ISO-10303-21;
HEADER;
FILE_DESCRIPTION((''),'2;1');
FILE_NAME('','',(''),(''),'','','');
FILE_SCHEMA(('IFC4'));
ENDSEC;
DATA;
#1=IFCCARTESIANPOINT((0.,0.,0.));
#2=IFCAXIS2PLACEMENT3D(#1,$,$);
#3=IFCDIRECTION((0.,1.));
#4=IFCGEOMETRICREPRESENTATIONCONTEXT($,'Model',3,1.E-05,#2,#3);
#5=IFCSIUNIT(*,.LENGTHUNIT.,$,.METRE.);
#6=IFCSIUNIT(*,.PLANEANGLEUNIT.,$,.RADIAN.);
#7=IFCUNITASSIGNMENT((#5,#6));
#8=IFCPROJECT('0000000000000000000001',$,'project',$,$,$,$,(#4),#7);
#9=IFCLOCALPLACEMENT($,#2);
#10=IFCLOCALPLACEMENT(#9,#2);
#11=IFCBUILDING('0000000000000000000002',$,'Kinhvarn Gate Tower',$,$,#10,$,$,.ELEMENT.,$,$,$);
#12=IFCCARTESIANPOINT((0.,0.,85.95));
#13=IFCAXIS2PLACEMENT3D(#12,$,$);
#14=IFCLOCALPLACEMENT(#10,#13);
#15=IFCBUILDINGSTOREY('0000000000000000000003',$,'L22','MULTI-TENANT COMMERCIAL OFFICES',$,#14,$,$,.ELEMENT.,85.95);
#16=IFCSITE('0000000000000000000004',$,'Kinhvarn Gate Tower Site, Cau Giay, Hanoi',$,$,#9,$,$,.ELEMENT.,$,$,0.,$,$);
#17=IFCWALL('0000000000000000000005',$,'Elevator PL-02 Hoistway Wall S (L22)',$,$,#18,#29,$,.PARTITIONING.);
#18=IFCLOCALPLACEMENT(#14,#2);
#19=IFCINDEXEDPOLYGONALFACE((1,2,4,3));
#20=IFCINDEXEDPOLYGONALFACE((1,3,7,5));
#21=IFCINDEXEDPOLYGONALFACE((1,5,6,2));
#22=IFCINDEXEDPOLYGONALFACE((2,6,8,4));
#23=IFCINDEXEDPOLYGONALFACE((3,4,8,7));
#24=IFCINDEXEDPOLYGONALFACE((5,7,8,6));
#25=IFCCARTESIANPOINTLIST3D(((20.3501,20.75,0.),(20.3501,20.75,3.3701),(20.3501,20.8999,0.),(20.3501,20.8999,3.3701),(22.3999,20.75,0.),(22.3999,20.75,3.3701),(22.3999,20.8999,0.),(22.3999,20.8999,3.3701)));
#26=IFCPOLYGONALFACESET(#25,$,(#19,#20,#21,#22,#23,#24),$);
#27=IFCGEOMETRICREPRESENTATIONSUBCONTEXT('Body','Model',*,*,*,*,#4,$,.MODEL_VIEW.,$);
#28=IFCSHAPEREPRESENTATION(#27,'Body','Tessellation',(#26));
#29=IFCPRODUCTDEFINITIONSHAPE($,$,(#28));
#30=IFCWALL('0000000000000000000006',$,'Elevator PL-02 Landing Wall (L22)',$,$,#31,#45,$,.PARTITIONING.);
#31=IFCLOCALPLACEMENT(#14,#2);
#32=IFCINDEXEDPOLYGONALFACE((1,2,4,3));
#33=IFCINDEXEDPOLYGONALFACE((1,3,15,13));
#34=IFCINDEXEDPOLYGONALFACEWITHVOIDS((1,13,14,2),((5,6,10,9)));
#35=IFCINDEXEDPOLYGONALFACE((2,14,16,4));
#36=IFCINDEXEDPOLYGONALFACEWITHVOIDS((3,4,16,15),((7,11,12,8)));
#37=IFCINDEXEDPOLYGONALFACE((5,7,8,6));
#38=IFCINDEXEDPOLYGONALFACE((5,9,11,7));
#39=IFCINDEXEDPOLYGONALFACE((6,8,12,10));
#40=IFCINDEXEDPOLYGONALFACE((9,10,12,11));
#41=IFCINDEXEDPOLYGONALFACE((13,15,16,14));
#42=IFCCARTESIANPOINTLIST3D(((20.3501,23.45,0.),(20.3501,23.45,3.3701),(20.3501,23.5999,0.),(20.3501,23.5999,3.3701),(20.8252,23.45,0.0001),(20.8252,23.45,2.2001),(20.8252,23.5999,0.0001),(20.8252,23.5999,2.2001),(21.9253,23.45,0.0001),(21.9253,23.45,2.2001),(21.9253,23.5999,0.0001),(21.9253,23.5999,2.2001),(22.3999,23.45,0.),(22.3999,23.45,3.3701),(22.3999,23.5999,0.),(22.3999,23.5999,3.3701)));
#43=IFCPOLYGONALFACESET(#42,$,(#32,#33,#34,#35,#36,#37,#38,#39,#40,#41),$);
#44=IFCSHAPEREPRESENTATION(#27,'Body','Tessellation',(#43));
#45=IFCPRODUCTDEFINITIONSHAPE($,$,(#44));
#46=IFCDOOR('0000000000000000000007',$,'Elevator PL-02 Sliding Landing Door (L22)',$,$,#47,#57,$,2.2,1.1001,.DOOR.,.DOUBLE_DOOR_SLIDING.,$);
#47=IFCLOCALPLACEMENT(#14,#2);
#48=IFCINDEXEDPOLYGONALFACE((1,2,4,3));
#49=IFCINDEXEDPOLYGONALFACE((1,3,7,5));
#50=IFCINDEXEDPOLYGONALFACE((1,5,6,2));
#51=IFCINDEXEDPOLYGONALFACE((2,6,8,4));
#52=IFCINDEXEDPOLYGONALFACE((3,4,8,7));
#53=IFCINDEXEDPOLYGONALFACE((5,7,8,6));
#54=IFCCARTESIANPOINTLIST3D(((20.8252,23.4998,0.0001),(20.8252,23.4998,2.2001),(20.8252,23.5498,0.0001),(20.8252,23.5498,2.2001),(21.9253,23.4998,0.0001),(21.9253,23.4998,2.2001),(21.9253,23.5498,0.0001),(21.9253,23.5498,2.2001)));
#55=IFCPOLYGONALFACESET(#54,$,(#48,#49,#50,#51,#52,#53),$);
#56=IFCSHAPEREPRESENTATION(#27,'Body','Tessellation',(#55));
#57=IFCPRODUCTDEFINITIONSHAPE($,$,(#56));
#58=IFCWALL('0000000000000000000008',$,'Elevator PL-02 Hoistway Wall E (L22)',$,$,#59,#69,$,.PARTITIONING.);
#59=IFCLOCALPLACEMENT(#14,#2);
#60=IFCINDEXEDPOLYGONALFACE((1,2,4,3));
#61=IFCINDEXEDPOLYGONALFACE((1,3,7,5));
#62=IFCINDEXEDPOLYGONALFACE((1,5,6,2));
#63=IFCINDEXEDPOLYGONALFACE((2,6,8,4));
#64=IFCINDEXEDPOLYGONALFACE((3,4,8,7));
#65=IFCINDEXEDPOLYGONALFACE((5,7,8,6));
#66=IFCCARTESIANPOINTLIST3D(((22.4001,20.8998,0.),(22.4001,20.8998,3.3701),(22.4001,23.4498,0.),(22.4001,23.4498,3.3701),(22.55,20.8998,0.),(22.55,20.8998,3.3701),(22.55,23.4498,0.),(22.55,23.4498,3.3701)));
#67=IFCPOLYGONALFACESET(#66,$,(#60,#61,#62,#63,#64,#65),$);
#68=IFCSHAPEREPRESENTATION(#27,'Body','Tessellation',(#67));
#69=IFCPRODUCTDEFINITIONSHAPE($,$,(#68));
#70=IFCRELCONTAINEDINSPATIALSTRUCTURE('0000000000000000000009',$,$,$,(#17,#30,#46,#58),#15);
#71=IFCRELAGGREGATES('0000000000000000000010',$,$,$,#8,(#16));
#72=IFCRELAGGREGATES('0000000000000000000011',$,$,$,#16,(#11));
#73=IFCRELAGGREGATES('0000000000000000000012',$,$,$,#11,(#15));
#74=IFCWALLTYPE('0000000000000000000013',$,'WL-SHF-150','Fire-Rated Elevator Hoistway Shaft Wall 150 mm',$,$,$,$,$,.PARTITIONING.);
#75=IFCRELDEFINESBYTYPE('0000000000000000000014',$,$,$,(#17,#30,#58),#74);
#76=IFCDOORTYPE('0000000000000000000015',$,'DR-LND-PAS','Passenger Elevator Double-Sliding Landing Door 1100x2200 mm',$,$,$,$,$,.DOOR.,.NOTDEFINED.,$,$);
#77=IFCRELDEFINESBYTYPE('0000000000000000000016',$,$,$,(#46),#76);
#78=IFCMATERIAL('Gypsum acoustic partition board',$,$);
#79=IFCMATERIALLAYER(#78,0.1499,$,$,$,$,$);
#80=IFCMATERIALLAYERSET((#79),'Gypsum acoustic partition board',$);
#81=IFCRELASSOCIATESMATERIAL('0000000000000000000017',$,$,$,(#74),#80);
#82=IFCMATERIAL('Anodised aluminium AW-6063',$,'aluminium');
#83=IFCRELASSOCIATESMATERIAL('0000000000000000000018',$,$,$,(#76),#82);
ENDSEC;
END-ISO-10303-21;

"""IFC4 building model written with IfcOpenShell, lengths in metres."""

from ifc_helpers import new_model, si_unit, direction, frame, frame_2d, origin, place, context, subcontext, project, spatial, rectangle, extrude, material, layer, layer_set, type_object, element, fill, save


model = new_model("IFC4")

# Units and contexts
model_context = context("Model", 3, precision=1e-05, world=origin(), true_north=direction((0.0, 1.0)))
body_context = subcontext(model_context, "Body", "Model", "MODEL_VIEW")
ifc_project = project(units=[si_unit("LENGTHUNIT", "METRE"), si_unit("PLANEANGLEUNIT", "RADIAN")], contexts=[model_context])

# Site, building, storey
site_placement = place(None, origin())
site = spatial("IfcSite", under=ifc_project, at=site_placement, Name="Kinhvarn Gate Tower Site, Cau Giay, Hanoi", CompositionType="ELEMENT", RefElevation=0.0)
building_placement = place(site_placement, origin())
building = spatial("IfcBuilding", under=site, at=building_placement, Name="Kinhvarn Gate Tower", CompositionType="ELEMENT")
storey_placement = place(building_placement, frame((0.0, 0.0, 85.95)))
storey = spatial("IfcBuildingStorey", under=building, at=storey_placement, Name="L22", Description="MULTI-TENANT COMMERCIAL OFFICES", CompositionType="ELEMENT", Elevation=85.95)

# Shared definitions
ifc_material_1 = material(Name="Gypsum acoustic partition board")
ifc_material_2 = material(Name="Anodised aluminium AW-6063", Category="aluminium")

# Shared definitions
ifc_layer_1 = layer(ifc_material_1, 0.1499)
ifc_layer_set_1 = layer_set([ifc_layer_1], Name="Gypsum acoustic partition board")
wall_type_1 = type_object("IfcWallType", Name="WL-SHF-150", Description="Fire-Rated Elevator Hoistway Shaft Wall 150 mm", PredefinedType="PARTITIONING", material=ifc_layer_set_1)

# Shared definitions
door_type_1 = type_object("IfcDoorType", Name="DR-LND-PAS", Description="Passenger Elevator Double-Sliding Landing Door 1100x2200 mm", OperationType="NOTDEFINED", PredefinedType="DOOR", material=ifc_material_2)

# Wall
wall_1_placement = place(storey_placement, frame((20.3501, 20.825, 0.0), z_axis=(0.0, 0.0, 1.0), x_axis=(1.0, 0.0, 0.0)))
element("IfcWall", 1, at=wall_1_placement, inside=storey, type_object=wall_type_1, Name="Elevator PL-02 Hoistway Wall S (L22)", PredefinedType="PARTITIONING", context=body_context, shape_type="SweptSolid", body=[
    extrude(rectangle(XDim=2.0498, YDim=0.1499, at=frame_2d((1.0249, 0.0))), origin(), (0.0, 0.0, 1.0), 3.3701),
])

# Wall, opening, door
wall_2_placement = place(storey_placement, frame((20.3501, 23.5249, 0.0), z_axis=(0.0, 0.0, 1.0), x_axis=(1.0, 0.0, 0.0)))
wall_2 = element("IfcWall", 2, at=wall_2_placement, inside=storey, type_object=wall_type_1, Name="Elevator PL-02 Landing Wall (L22)", PredefinedType="PARTITIONING", context=body_context, shape_type="SweptSolid", body=[
    extrude(rectangle(XDim=2.0498, YDim=0.1499, at=frame_2d((1.0249, 0.0))), origin(), (0.0, 0.0, 1.0), 3.3701),
])
opening_1_placement = place(wall_2_placement, frame((0.4751, 0.0, 0.0)))
opening_1 = element("IfcOpeningElement", 3, at=opening_1_placement, cuts=wall_2, PredefinedType="OPENING", context=body_context, shape_type="SweptSolid", body=[
    extrude(rectangle(XDim=1.1001, YDim=2.2, at=frame_2d((0.55, 1.1001))), frame((0.0, 0.085, 0.0), z_axis=(0.0, -1.0, 0.0), x_axis=(1.0, 0.0, 0.0)), (0.0, 0.0, 1.0), 0.1699),
])
door_1_placement = place(opening_1_placement, origin())
door_1 = element("IfcDoor", 4, at=door_1_placement, inside=storey, type_object=door_type_1, Name="Elevator PL-02 Sliding Landing Door (L22)", OperationType="DOUBLE_DOOR_SLIDING", OverallHeight=2.2, OverallWidth=1.1001, PredefinedType="DOOR", context=body_context, shape_type="SweptSolid", body=[
    extrude(rectangle(XDim=1.1001, YDim=2.2, at=frame_2d((0.55, 1.1001))), frame((0.0, 0.0249, 0.0), z_axis=(0.0, -1.0, 0.0), x_axis=(1.0, 0.0, 0.0)), (0.0, 0.0, 1.0), 0.05),
])
fill(opening_1, door_1)

# Wall
wall_3_placement = place(storey_placement, frame((22.4751, 20.8999, 0.0), z_axis=(0.0, 0.0, 1.0), x_axis=(0.0, 1.0, 0.0)))
element("IfcWall", 5, at=wall_3_placement, inside=storey, type_object=wall_type_1, Name="Elevator PL-02 Hoistway Wall E (L22)", PredefinedType="PARTITIONING", context=body_context, shape_type="SweptSolid", body=[
    extrude(rectangle(XDim=2.55, YDim=0.1499, at=frame_2d((1.2749, 0.0))), origin(), (0.0, 0.0, 1.0), 3.3701),
])

save(model, "model.ifc")
